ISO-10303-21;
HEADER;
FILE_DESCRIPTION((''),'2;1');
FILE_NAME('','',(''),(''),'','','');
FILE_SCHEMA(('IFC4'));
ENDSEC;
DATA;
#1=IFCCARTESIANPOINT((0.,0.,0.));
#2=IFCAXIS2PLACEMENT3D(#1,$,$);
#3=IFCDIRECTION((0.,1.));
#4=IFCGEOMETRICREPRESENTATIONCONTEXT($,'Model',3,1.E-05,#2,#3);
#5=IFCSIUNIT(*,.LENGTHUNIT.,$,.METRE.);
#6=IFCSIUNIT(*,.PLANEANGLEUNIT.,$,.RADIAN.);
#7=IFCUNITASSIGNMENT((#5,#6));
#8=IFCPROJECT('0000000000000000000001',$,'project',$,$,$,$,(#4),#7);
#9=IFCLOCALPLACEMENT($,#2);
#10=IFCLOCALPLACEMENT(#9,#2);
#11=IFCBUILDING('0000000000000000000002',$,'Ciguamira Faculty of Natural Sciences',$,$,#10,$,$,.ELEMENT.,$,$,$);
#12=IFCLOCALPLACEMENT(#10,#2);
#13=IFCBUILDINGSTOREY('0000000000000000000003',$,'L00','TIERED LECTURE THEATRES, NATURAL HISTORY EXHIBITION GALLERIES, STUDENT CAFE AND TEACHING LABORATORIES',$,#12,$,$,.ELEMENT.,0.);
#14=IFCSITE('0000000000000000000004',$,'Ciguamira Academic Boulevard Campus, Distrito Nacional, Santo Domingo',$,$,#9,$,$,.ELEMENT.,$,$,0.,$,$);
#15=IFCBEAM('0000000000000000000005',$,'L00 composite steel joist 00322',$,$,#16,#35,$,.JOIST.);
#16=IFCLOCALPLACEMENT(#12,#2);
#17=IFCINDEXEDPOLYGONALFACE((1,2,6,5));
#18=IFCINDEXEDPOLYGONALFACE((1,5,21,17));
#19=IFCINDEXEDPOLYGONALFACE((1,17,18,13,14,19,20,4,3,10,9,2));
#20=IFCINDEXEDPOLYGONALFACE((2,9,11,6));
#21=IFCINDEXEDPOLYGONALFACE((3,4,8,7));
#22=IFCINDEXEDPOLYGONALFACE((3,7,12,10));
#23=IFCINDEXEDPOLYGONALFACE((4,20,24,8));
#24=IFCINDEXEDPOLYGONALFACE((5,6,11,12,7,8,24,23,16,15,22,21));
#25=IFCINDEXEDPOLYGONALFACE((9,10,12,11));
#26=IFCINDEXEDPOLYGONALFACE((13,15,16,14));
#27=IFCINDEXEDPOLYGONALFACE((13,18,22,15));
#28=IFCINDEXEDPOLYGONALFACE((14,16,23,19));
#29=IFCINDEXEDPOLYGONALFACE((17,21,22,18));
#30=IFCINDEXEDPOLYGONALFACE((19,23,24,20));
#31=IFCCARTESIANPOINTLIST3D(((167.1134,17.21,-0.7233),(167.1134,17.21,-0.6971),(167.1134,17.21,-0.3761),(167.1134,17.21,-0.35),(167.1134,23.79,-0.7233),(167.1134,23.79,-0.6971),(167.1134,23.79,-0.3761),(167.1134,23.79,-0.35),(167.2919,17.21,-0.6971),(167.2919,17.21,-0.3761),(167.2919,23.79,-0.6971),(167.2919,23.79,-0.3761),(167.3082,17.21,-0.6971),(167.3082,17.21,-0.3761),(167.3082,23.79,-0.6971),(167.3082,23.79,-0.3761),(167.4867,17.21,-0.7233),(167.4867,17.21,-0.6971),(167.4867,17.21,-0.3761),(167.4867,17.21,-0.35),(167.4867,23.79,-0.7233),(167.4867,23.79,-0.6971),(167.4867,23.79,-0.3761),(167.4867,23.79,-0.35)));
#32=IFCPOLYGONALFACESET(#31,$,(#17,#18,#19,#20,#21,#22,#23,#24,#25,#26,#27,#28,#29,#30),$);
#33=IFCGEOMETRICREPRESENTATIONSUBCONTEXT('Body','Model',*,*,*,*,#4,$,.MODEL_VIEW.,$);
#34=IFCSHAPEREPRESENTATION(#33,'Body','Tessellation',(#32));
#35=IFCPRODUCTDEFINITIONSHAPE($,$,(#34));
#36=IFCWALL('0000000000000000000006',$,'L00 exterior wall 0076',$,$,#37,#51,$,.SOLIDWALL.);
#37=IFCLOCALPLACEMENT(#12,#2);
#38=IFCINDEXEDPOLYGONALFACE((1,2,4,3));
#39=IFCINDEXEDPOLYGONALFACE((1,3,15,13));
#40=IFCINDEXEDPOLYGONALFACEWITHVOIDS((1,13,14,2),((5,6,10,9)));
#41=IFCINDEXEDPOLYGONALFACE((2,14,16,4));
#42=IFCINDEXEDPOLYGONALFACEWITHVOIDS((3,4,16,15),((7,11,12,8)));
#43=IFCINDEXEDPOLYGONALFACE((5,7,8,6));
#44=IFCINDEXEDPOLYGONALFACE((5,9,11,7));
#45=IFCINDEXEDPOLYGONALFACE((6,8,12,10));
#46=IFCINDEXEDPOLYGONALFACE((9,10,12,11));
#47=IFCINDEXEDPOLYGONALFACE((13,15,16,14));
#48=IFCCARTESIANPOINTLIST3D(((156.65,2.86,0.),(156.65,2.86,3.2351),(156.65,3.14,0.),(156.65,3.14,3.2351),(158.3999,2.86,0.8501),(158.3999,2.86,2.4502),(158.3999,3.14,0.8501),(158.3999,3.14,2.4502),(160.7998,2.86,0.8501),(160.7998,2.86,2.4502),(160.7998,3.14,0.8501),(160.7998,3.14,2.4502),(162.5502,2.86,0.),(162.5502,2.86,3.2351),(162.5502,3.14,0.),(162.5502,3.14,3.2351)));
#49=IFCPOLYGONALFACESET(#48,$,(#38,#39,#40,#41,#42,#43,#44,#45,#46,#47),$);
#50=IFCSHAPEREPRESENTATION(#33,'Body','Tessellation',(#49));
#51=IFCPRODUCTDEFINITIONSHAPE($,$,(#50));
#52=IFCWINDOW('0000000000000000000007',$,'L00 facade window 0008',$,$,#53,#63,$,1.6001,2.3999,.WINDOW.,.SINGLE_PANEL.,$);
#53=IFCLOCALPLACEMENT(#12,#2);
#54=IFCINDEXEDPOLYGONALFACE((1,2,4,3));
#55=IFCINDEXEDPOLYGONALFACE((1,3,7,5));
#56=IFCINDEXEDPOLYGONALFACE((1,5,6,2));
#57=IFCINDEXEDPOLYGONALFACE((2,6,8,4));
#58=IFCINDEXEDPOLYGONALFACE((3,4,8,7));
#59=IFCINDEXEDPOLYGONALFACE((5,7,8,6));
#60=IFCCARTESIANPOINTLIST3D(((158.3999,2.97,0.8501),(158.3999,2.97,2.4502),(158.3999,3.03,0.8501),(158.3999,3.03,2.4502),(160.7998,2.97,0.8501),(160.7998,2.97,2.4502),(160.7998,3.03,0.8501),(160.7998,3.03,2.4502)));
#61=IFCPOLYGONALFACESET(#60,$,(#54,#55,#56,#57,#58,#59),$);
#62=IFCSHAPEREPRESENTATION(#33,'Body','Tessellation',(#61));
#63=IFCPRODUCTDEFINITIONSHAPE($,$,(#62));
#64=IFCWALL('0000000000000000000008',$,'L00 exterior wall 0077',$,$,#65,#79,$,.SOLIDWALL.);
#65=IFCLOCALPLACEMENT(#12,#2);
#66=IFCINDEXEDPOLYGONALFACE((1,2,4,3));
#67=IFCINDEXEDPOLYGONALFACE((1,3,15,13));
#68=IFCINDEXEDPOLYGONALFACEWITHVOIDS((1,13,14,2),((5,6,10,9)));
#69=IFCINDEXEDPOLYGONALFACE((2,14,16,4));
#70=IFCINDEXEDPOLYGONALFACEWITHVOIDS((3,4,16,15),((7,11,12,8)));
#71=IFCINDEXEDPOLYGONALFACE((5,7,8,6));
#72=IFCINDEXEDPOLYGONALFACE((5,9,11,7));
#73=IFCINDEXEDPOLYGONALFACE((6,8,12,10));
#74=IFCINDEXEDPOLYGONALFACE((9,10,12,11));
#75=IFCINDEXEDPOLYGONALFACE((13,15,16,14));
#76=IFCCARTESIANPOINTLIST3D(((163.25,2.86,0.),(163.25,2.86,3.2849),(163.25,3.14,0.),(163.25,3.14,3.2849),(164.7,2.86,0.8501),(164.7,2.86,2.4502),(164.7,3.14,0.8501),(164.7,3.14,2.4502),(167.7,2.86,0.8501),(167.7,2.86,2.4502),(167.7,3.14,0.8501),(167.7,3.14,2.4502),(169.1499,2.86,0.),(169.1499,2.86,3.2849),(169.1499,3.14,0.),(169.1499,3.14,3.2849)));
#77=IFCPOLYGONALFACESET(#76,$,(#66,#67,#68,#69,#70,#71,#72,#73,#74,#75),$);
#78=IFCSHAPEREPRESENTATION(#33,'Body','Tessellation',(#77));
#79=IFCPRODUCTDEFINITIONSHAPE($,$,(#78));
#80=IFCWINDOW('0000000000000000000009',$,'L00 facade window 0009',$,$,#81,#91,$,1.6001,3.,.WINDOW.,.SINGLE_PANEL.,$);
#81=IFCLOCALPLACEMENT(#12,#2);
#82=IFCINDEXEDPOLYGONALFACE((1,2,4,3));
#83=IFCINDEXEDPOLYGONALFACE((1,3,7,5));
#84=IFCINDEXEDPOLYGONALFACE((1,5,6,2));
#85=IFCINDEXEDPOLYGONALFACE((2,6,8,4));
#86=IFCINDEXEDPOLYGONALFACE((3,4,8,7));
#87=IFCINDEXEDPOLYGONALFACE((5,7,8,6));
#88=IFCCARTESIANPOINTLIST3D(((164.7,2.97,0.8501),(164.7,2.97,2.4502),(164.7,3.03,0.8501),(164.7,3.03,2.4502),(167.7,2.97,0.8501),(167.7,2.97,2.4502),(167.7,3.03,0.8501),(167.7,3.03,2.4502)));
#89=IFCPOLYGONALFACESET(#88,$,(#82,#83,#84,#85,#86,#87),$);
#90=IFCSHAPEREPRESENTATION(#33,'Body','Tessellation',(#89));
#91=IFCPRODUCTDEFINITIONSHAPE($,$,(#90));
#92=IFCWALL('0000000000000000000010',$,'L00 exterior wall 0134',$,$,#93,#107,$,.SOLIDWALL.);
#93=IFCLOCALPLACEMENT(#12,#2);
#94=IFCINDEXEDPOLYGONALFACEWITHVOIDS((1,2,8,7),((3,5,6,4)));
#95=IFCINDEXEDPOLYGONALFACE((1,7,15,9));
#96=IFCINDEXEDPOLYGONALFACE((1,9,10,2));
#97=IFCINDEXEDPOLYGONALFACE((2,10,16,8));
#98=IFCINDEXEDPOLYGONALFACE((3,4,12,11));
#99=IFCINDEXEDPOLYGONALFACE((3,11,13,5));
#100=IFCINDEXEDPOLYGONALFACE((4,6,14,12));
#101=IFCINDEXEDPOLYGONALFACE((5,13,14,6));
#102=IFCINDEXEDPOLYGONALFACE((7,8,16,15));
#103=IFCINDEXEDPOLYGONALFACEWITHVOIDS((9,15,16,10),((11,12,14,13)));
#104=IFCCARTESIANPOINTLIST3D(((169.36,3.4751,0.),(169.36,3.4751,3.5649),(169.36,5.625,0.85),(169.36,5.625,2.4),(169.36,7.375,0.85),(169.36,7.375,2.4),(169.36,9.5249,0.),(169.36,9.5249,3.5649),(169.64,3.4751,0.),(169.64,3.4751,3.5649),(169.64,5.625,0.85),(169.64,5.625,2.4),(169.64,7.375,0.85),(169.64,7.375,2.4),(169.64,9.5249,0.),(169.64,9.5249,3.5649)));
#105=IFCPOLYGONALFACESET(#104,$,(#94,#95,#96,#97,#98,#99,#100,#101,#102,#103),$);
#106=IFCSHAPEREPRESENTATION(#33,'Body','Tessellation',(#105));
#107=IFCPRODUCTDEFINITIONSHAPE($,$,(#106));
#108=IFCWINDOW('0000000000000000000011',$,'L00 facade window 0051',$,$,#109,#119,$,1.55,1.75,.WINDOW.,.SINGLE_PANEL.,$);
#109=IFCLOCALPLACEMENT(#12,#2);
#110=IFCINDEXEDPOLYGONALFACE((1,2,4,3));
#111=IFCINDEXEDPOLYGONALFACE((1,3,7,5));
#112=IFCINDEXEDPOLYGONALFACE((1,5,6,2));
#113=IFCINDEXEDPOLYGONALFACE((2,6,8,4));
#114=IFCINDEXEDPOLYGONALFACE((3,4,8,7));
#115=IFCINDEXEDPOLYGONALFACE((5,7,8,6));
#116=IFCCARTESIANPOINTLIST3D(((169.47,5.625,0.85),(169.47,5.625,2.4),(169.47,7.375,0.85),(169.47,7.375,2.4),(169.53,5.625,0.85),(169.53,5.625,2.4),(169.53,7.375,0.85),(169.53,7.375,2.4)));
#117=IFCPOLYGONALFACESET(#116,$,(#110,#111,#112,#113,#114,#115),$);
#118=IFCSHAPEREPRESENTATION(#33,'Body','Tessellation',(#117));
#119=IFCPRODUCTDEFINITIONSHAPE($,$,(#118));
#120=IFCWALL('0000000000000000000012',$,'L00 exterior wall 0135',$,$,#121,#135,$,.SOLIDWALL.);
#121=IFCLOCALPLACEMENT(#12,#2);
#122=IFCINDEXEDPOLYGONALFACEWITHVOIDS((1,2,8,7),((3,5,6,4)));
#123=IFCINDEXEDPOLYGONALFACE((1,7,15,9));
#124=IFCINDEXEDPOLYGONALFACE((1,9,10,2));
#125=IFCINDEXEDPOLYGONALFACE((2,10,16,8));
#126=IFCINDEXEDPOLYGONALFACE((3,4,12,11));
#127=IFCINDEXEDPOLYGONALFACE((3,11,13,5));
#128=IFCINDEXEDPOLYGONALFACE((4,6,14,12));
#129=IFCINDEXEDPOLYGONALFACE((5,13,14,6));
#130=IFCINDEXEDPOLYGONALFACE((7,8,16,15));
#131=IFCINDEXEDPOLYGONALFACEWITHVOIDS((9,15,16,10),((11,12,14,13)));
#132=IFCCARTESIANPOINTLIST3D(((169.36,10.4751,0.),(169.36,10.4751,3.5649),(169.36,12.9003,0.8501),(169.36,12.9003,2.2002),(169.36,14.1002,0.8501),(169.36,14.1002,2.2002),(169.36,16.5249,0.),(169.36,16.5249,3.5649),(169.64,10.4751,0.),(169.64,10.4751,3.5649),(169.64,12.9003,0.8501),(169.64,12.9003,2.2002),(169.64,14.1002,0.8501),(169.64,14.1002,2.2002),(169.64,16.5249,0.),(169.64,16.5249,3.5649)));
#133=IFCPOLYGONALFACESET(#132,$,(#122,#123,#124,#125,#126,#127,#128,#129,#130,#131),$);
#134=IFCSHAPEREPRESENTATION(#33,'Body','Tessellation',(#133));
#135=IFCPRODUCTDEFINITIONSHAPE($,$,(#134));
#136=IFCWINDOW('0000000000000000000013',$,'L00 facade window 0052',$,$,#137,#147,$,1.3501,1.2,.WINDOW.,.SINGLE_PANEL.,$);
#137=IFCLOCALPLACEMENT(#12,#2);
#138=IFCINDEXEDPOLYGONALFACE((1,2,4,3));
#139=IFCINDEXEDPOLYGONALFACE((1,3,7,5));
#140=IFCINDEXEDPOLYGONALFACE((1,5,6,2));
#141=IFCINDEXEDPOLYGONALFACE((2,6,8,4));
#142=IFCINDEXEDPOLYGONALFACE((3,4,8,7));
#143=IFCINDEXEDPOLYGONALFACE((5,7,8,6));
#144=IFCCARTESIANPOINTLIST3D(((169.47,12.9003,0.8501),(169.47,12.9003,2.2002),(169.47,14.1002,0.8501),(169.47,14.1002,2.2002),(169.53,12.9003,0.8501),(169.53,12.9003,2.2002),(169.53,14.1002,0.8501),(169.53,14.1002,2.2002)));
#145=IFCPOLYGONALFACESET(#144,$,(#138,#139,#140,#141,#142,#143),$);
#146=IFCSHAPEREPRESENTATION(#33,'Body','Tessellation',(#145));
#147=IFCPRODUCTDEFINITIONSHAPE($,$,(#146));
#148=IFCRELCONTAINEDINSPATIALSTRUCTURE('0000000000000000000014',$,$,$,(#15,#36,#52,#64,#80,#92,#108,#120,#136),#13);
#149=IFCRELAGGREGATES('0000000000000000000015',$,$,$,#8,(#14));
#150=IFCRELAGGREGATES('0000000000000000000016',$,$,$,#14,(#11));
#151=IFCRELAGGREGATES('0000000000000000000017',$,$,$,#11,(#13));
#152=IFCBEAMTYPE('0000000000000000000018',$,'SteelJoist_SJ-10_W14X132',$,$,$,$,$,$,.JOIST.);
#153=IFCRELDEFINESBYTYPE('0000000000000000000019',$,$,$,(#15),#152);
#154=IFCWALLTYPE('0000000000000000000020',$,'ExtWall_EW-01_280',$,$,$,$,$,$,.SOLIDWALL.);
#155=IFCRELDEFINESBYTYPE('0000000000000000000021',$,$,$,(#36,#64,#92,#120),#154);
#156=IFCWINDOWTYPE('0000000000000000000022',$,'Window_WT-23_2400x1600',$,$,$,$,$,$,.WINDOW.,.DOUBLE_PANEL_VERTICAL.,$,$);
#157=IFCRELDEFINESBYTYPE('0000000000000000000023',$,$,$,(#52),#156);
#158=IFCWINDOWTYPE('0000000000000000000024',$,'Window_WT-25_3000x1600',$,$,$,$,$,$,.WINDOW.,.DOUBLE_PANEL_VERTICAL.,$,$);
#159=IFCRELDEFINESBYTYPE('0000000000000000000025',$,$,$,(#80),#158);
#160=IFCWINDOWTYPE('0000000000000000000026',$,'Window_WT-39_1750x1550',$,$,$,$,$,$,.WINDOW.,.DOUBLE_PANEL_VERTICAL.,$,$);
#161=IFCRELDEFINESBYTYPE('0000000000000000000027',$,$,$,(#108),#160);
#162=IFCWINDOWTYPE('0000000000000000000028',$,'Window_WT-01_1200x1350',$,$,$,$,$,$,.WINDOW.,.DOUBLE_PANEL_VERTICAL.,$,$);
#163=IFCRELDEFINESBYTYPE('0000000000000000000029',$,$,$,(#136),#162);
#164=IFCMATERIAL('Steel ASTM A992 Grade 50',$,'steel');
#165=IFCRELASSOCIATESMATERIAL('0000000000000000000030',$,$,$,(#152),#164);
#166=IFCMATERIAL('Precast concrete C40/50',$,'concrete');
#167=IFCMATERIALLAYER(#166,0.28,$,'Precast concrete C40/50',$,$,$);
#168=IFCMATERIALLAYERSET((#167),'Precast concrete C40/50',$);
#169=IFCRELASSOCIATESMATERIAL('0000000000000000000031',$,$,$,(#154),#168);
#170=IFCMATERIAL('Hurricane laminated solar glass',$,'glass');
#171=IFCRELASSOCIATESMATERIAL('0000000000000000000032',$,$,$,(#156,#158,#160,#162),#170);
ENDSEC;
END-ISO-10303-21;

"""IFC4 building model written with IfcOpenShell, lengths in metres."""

from ifc_helpers import new_model, si_unit, direction, frame, frame_2d, origin, origin_2d, place, context, subcontext, project, spatial, rectangle, i_section, extrude, material, layer, layer_set, material_profile, profile_set, type_object, element, fill, save


model = new_model("IFC4")

# Units and contexts
model_context = context("Model", 3, precision=1e-05, world=origin(), true_north=direction((0.0, 1.0)))
body_context = subcontext(model_context, "Body", "Model", "MODEL_VIEW")
ifc_project = project(units=[si_unit("LENGTHUNIT", "METRE"), si_unit("PLANEANGLEUNIT", "RADIAN")], contexts=[model_context])

# Site, building, storey
site_placement = place(None, origin())
site = spatial("IfcSite", under=ifc_project, at=site_placement, Name="Ciguamira Academic Boulevard Campus, Distrito Nacional, Santo Domingo", CompositionType="ELEMENT", RefElevation=0.0)
building_placement = place(site_placement, origin())
building = spatial("IfcBuilding", under=site, at=building_placement, Name="Ciguamira Faculty of Natural Sciences", CompositionType="ELEMENT")
storey_placement = place(building_placement, origin())
storey = spatial("IfcBuildingStorey", under=building, at=storey_placement, Name="L00", Description="TIERED LECTURE THEATRES, NATURAL HISTORY EXHIBITION GALLERIES, STUDENT CAFE AND TEACHING LABORATORIES", CompositionType="ELEMENT", Elevation=0.0)

# Beam
ifc_material_1 = material(Name="Precast concrete C40/50", Category="concrete")
ifc_material_2 = material(Name="Steel ASTM A992 Grade 50", Category="steel")
ifc_material_profile_1 = material_profile(ifc_material_2, i_section(OverallWidth=0.3733, OverallDepth=0.3733, WebThickness=0.0164, FlangeThickness=0.0261, at=origin_2d()), Name="W14X132")
ifc_profile_set_1 = profile_set([ifc_material_profile_1], Name="Steel ASTM A992 Grade 50")
beam_type_1 = type_object("IfcBeamType", Name="SteelJoist_SJ-10_W14X132", PredefinedType="JOIST", material=ifc_profile_set_1)
beam_1_placement = place(storey_placement, frame((167.3, 17.21, -0.5366), z_axis=(0.0, 1.0, 0.0), x_axis=(-1.0, 0.0, 0.0)))
element("IfcBeam", 1, at=beam_1_placement, inside=storey, type_object=beam_type_1, Name="L00 composite steel joist 00322", PredefinedType="JOIST", context=body_context, shape_type="SweptSolid", body=[
    extrude(i_section(OverallWidth=0.3733, OverallDepth=0.3733, WebThickness=0.0164, FlangeThickness=0.0261, at=origin_2d()), origin(), (0.0, 0.0, 1.0), 6.5801),
])

# Walls, openings, windows
ifc_layer = layer(ifc_material_1, 0.28, Name="Precast concrete C40/50")
ifc_layer_set = layer_set([ifc_layer], Name="Precast concrete C40/50")
wall_type = type_object("IfcWallType", Name="ExtWall_EW-01_280", PredefinedType="SOLIDWALL", material=ifc_layer_set)
wall_1_placement = place(storey_placement, frame((156.6499, 3.0, 0.0), z_axis=(0.0, 0.0, 1.0), x_axis=(1.0, 0.0, 0.0)))
wall_1 = element("IfcWall", 2, at=wall_1_placement, inside=storey, type_object=wall_type, Name="L00 exterior wall 0076", PredefinedType="SOLIDWALL", context=body_context, shape_type="SweptSolid", body=[
    extrude(rectangle(XDim=5.9001, YDim=0.28, at=frame_2d((2.9502, 0.0))), origin(), (0.0, 0.0, 1.0), 3.2351),
])
opening_1_placement = place(wall_1_placement, frame((1.75, 0.0, 0.8501)))
opening_1 = element("IfcOpeningElement", 3, at=opening_1_placement, cuts=wall_1, PredefinedType="OPENING", context=body_context, shape_type="SweptSolid", body=[
    extrude(rectangle(XDim=2.3999, YDim=1.6001, at=frame_2d((1.2, 0.8))), frame((0.0, 0.1499, 0.0), z_axis=(0.0, -1.0, 0.0), x_axis=(1.0, 0.0, 0.0)), (0.0, 0.0, 1.0), 0.3),
])
ifc_material_3 = material(Name="Hurricane laminated solar glass", Category="glass")
window_type_1 = type_object("IfcWindowType", Name="Window_WT-23_2400x1600", PartitioningType="DOUBLE_PANEL_VERTICAL", PredefinedType="WINDOW", material=ifc_material_3)
window_1_placement = place(opening_1_placement, origin())
window_1 = element("IfcWindow", 4, at=window_1_placement, inside=storey, type_object=window_type_1, Name="L00 facade window 0008", OverallHeight=1.6001, OverallWidth=2.3999, PartitioningType="SINGLE_PANEL", PredefinedType="WINDOW", context=body_context, shape_type="SweptSolid", body=[
    extrude(rectangle(XDim=2.3999, YDim=1.6001, at=frame_2d((1.2, 0.8))), frame((0.0, 0.03, 0.0), z_axis=(0.0, -1.0, 0.0), x_axis=(1.0, 0.0, 0.0)), (0.0, 0.0, 1.0), 0.0601),
])
fill(opening_1, window_1)
wall_2_placement = place(storey_placement, frame((163.25, 3.0, 0.0), z_axis=(0.0, 0.0, 1.0), x_axis=(1.0, 0.0, 0.0)))
wall_2 = element("IfcWall", 5, at=wall_2_placement, inside=storey, type_object=wall_type, Name="L00 exterior wall 0077", PredefinedType="SOLIDWALL", context=body_context, shape_type="SweptSolid", body=[
    extrude(rectangle(XDim=5.8999, YDim=0.28, at=frame_2d((2.95, 0.0))), origin(), (0.0, 0.0, 1.0), 3.2849),
])
opening_2_placement = place(wall_2_placement, frame((1.45, 0.0, 0.8501)))
opening_2 = element("IfcOpeningElement", 6, at=opening_2_placement, cuts=wall_2, PredefinedType="OPENING", context=body_context, shape_type="SweptSolid", body=[
    extrude(rectangle(XDim=3.0, YDim=1.6001, at=frame_2d((1.5, 0.8))), frame((0.0, 0.1499, 0.0), z_axis=(0.0, -1.0, 0.0), x_axis=(1.0, 0.0, 0.0)), (0.0, 0.0, 1.0), 0.3),
])
window_type_2 = type_object("IfcWindowType", Name="Window_WT-25_3000x1600", PartitioningType="DOUBLE_PANEL_VERTICAL", PredefinedType="WINDOW", material=ifc_material_3)
window_2_placement = place(opening_2_placement, origin())
window_2 = element("IfcWindow", 7, at=window_2_placement, inside=storey, type_object=window_type_2, Name="L00 facade window 0009", OverallHeight=1.6001, OverallWidth=3.0, PartitioningType="SINGLE_PANEL", PredefinedType="WINDOW", context=body_context, shape_type="SweptSolid", body=[
    extrude(rectangle(XDim=3.0, YDim=1.6001, at=frame_2d((1.5, 0.8))), frame((0.0, 0.03, 0.0), z_axis=(0.0, -1.0, 0.0), x_axis=(1.0, 0.0, 0.0)), (0.0, 0.0, 1.0), 0.0601),
])
fill(opening_2, window_2)
wall_3_placement = place(storey_placement, frame((169.5, 3.4751, 0.0), z_axis=(0.0, 0.0, 1.0), x_axis=(0.0, 1.0, 0.0)))
wall_3 = element("IfcWall", 8, at=wall_3_placement, inside=storey, type_object=wall_type, Name="L00 exterior wall 0134", PredefinedType="SOLIDWALL", context=body_context, shape_type="SweptSolid", body=[
    extrude(rectangle(XDim=6.0498, YDim=0.28, at=frame_2d((3.0249, 0.0))), origin(), (0.0, 0.0, 1.0), 3.5649),
])
opening_3_placement = place(wall_3_placement, frame((2.1499, 0.0, 0.8501)))
opening_3 = element("IfcOpeningElement", 9, at=opening_3_placement, cuts=wall_3, PredefinedType="OPENING", context=body_context, shape_type="SweptSolid", body=[
    extrude(rectangle(XDim=1.75, YDim=1.55, at=frame_2d((0.875, 0.7749))), frame((0.0, 0.1499, 0.0), z_axis=(0.0, -1.0, 0.0), x_axis=(1.0, 0.0, 0.0)), (0.0, 0.0, 1.0), 0.3),
])
window_type_3 = type_object("IfcWindowType", Name="Window_WT-39_1750x1550", PartitioningType="DOUBLE_PANEL_VERTICAL", PredefinedType="WINDOW", material=ifc_material_3)
window_3_placement = place(opening_3_placement, origin())
window_3 = element("IfcWindow", 10, at=window_3_placement, inside=storey, type_object=window_type_3, Name="L00 facade window 0051", OverallHeight=1.55, OverallWidth=1.75, PartitioningType="SINGLE_PANEL", PredefinedType="WINDOW", context=body_context, shape_type="SweptSolid", body=[
    extrude(rectangle(XDim=1.75, YDim=1.55, at=frame_2d((0.875, 0.7749))), frame((0.0, 0.03, 0.0), z_axis=(0.0, -1.0, 0.0), x_axis=(1.0, 0.0, 0.0)), (0.0, 0.0, 1.0), 0.0601),
])
fill(opening_3, window_3)
wall_4_placement = place(storey_placement, frame((169.5, 10.4751, 0.0), z_axis=(0.0, 0.0, 1.0), x_axis=(0.0, 1.0, 0.0)))
wall_4 = element("IfcWall", 11, at=wall_4_placement, inside=storey, type_object=wall_type, Name="L00 exterior wall 0135", PredefinedType="SOLIDWALL", context=body_context, shape_type="SweptSolid", body=[
    extrude(rectangle(XDim=6.0498, YDim=0.28, at=frame_2d((3.0249, 0.0))), origin(), (0.0, 0.0, 1.0), 3.5649),
])
opening_4_placement = place(wall_4_placement, frame((2.425, 0.0, 0.8501)))
opening_4 = element("IfcOpeningElement", 12, at=opening_4_placement, cuts=wall_4, PredefinedType="OPENING", context=body_context, shape_type="SweptSolid", body=[
    extrude(rectangle(XDim=1.2, YDim=1.3501, at=frame_2d((0.6001, 0.675))), frame((0.0, 0.1499, 0.0), z_axis=(0.0, -1.0, 0.0), x_axis=(1.0, 0.0, 0.0)), (0.0, 0.0, 1.0), 0.3),
])
window_type_4 = type_object("IfcWindowType", Name="Window_WT-01_1200x1350", PartitioningType="DOUBLE_PANEL_VERTICAL", PredefinedType="WINDOW", material=ifc_material_3)
window_4_placement = place(opening_4_placement, origin())
window_4 = element("IfcWindow", 13, at=window_4_placement, inside=storey, type_object=window_type_4, Name="L00 facade window 0052", OverallHeight=1.3501, OverallWidth=1.2, PartitioningType="SINGLE_PANEL", PredefinedType="WINDOW", context=body_context, shape_type="SweptSolid", body=[
    extrude(rectangle(XDim=1.2, YDim=1.3501, at=frame_2d((0.6001, 0.675))), frame((0.0, 0.03, 0.0), z_axis=(0.0, -1.0, 0.0), x_axis=(1.0, 0.0, 0.0)), (0.0, 0.0, 1.0), 0.0601),
])
fill(opening_4, window_4)

save(model, "model.ifc")
